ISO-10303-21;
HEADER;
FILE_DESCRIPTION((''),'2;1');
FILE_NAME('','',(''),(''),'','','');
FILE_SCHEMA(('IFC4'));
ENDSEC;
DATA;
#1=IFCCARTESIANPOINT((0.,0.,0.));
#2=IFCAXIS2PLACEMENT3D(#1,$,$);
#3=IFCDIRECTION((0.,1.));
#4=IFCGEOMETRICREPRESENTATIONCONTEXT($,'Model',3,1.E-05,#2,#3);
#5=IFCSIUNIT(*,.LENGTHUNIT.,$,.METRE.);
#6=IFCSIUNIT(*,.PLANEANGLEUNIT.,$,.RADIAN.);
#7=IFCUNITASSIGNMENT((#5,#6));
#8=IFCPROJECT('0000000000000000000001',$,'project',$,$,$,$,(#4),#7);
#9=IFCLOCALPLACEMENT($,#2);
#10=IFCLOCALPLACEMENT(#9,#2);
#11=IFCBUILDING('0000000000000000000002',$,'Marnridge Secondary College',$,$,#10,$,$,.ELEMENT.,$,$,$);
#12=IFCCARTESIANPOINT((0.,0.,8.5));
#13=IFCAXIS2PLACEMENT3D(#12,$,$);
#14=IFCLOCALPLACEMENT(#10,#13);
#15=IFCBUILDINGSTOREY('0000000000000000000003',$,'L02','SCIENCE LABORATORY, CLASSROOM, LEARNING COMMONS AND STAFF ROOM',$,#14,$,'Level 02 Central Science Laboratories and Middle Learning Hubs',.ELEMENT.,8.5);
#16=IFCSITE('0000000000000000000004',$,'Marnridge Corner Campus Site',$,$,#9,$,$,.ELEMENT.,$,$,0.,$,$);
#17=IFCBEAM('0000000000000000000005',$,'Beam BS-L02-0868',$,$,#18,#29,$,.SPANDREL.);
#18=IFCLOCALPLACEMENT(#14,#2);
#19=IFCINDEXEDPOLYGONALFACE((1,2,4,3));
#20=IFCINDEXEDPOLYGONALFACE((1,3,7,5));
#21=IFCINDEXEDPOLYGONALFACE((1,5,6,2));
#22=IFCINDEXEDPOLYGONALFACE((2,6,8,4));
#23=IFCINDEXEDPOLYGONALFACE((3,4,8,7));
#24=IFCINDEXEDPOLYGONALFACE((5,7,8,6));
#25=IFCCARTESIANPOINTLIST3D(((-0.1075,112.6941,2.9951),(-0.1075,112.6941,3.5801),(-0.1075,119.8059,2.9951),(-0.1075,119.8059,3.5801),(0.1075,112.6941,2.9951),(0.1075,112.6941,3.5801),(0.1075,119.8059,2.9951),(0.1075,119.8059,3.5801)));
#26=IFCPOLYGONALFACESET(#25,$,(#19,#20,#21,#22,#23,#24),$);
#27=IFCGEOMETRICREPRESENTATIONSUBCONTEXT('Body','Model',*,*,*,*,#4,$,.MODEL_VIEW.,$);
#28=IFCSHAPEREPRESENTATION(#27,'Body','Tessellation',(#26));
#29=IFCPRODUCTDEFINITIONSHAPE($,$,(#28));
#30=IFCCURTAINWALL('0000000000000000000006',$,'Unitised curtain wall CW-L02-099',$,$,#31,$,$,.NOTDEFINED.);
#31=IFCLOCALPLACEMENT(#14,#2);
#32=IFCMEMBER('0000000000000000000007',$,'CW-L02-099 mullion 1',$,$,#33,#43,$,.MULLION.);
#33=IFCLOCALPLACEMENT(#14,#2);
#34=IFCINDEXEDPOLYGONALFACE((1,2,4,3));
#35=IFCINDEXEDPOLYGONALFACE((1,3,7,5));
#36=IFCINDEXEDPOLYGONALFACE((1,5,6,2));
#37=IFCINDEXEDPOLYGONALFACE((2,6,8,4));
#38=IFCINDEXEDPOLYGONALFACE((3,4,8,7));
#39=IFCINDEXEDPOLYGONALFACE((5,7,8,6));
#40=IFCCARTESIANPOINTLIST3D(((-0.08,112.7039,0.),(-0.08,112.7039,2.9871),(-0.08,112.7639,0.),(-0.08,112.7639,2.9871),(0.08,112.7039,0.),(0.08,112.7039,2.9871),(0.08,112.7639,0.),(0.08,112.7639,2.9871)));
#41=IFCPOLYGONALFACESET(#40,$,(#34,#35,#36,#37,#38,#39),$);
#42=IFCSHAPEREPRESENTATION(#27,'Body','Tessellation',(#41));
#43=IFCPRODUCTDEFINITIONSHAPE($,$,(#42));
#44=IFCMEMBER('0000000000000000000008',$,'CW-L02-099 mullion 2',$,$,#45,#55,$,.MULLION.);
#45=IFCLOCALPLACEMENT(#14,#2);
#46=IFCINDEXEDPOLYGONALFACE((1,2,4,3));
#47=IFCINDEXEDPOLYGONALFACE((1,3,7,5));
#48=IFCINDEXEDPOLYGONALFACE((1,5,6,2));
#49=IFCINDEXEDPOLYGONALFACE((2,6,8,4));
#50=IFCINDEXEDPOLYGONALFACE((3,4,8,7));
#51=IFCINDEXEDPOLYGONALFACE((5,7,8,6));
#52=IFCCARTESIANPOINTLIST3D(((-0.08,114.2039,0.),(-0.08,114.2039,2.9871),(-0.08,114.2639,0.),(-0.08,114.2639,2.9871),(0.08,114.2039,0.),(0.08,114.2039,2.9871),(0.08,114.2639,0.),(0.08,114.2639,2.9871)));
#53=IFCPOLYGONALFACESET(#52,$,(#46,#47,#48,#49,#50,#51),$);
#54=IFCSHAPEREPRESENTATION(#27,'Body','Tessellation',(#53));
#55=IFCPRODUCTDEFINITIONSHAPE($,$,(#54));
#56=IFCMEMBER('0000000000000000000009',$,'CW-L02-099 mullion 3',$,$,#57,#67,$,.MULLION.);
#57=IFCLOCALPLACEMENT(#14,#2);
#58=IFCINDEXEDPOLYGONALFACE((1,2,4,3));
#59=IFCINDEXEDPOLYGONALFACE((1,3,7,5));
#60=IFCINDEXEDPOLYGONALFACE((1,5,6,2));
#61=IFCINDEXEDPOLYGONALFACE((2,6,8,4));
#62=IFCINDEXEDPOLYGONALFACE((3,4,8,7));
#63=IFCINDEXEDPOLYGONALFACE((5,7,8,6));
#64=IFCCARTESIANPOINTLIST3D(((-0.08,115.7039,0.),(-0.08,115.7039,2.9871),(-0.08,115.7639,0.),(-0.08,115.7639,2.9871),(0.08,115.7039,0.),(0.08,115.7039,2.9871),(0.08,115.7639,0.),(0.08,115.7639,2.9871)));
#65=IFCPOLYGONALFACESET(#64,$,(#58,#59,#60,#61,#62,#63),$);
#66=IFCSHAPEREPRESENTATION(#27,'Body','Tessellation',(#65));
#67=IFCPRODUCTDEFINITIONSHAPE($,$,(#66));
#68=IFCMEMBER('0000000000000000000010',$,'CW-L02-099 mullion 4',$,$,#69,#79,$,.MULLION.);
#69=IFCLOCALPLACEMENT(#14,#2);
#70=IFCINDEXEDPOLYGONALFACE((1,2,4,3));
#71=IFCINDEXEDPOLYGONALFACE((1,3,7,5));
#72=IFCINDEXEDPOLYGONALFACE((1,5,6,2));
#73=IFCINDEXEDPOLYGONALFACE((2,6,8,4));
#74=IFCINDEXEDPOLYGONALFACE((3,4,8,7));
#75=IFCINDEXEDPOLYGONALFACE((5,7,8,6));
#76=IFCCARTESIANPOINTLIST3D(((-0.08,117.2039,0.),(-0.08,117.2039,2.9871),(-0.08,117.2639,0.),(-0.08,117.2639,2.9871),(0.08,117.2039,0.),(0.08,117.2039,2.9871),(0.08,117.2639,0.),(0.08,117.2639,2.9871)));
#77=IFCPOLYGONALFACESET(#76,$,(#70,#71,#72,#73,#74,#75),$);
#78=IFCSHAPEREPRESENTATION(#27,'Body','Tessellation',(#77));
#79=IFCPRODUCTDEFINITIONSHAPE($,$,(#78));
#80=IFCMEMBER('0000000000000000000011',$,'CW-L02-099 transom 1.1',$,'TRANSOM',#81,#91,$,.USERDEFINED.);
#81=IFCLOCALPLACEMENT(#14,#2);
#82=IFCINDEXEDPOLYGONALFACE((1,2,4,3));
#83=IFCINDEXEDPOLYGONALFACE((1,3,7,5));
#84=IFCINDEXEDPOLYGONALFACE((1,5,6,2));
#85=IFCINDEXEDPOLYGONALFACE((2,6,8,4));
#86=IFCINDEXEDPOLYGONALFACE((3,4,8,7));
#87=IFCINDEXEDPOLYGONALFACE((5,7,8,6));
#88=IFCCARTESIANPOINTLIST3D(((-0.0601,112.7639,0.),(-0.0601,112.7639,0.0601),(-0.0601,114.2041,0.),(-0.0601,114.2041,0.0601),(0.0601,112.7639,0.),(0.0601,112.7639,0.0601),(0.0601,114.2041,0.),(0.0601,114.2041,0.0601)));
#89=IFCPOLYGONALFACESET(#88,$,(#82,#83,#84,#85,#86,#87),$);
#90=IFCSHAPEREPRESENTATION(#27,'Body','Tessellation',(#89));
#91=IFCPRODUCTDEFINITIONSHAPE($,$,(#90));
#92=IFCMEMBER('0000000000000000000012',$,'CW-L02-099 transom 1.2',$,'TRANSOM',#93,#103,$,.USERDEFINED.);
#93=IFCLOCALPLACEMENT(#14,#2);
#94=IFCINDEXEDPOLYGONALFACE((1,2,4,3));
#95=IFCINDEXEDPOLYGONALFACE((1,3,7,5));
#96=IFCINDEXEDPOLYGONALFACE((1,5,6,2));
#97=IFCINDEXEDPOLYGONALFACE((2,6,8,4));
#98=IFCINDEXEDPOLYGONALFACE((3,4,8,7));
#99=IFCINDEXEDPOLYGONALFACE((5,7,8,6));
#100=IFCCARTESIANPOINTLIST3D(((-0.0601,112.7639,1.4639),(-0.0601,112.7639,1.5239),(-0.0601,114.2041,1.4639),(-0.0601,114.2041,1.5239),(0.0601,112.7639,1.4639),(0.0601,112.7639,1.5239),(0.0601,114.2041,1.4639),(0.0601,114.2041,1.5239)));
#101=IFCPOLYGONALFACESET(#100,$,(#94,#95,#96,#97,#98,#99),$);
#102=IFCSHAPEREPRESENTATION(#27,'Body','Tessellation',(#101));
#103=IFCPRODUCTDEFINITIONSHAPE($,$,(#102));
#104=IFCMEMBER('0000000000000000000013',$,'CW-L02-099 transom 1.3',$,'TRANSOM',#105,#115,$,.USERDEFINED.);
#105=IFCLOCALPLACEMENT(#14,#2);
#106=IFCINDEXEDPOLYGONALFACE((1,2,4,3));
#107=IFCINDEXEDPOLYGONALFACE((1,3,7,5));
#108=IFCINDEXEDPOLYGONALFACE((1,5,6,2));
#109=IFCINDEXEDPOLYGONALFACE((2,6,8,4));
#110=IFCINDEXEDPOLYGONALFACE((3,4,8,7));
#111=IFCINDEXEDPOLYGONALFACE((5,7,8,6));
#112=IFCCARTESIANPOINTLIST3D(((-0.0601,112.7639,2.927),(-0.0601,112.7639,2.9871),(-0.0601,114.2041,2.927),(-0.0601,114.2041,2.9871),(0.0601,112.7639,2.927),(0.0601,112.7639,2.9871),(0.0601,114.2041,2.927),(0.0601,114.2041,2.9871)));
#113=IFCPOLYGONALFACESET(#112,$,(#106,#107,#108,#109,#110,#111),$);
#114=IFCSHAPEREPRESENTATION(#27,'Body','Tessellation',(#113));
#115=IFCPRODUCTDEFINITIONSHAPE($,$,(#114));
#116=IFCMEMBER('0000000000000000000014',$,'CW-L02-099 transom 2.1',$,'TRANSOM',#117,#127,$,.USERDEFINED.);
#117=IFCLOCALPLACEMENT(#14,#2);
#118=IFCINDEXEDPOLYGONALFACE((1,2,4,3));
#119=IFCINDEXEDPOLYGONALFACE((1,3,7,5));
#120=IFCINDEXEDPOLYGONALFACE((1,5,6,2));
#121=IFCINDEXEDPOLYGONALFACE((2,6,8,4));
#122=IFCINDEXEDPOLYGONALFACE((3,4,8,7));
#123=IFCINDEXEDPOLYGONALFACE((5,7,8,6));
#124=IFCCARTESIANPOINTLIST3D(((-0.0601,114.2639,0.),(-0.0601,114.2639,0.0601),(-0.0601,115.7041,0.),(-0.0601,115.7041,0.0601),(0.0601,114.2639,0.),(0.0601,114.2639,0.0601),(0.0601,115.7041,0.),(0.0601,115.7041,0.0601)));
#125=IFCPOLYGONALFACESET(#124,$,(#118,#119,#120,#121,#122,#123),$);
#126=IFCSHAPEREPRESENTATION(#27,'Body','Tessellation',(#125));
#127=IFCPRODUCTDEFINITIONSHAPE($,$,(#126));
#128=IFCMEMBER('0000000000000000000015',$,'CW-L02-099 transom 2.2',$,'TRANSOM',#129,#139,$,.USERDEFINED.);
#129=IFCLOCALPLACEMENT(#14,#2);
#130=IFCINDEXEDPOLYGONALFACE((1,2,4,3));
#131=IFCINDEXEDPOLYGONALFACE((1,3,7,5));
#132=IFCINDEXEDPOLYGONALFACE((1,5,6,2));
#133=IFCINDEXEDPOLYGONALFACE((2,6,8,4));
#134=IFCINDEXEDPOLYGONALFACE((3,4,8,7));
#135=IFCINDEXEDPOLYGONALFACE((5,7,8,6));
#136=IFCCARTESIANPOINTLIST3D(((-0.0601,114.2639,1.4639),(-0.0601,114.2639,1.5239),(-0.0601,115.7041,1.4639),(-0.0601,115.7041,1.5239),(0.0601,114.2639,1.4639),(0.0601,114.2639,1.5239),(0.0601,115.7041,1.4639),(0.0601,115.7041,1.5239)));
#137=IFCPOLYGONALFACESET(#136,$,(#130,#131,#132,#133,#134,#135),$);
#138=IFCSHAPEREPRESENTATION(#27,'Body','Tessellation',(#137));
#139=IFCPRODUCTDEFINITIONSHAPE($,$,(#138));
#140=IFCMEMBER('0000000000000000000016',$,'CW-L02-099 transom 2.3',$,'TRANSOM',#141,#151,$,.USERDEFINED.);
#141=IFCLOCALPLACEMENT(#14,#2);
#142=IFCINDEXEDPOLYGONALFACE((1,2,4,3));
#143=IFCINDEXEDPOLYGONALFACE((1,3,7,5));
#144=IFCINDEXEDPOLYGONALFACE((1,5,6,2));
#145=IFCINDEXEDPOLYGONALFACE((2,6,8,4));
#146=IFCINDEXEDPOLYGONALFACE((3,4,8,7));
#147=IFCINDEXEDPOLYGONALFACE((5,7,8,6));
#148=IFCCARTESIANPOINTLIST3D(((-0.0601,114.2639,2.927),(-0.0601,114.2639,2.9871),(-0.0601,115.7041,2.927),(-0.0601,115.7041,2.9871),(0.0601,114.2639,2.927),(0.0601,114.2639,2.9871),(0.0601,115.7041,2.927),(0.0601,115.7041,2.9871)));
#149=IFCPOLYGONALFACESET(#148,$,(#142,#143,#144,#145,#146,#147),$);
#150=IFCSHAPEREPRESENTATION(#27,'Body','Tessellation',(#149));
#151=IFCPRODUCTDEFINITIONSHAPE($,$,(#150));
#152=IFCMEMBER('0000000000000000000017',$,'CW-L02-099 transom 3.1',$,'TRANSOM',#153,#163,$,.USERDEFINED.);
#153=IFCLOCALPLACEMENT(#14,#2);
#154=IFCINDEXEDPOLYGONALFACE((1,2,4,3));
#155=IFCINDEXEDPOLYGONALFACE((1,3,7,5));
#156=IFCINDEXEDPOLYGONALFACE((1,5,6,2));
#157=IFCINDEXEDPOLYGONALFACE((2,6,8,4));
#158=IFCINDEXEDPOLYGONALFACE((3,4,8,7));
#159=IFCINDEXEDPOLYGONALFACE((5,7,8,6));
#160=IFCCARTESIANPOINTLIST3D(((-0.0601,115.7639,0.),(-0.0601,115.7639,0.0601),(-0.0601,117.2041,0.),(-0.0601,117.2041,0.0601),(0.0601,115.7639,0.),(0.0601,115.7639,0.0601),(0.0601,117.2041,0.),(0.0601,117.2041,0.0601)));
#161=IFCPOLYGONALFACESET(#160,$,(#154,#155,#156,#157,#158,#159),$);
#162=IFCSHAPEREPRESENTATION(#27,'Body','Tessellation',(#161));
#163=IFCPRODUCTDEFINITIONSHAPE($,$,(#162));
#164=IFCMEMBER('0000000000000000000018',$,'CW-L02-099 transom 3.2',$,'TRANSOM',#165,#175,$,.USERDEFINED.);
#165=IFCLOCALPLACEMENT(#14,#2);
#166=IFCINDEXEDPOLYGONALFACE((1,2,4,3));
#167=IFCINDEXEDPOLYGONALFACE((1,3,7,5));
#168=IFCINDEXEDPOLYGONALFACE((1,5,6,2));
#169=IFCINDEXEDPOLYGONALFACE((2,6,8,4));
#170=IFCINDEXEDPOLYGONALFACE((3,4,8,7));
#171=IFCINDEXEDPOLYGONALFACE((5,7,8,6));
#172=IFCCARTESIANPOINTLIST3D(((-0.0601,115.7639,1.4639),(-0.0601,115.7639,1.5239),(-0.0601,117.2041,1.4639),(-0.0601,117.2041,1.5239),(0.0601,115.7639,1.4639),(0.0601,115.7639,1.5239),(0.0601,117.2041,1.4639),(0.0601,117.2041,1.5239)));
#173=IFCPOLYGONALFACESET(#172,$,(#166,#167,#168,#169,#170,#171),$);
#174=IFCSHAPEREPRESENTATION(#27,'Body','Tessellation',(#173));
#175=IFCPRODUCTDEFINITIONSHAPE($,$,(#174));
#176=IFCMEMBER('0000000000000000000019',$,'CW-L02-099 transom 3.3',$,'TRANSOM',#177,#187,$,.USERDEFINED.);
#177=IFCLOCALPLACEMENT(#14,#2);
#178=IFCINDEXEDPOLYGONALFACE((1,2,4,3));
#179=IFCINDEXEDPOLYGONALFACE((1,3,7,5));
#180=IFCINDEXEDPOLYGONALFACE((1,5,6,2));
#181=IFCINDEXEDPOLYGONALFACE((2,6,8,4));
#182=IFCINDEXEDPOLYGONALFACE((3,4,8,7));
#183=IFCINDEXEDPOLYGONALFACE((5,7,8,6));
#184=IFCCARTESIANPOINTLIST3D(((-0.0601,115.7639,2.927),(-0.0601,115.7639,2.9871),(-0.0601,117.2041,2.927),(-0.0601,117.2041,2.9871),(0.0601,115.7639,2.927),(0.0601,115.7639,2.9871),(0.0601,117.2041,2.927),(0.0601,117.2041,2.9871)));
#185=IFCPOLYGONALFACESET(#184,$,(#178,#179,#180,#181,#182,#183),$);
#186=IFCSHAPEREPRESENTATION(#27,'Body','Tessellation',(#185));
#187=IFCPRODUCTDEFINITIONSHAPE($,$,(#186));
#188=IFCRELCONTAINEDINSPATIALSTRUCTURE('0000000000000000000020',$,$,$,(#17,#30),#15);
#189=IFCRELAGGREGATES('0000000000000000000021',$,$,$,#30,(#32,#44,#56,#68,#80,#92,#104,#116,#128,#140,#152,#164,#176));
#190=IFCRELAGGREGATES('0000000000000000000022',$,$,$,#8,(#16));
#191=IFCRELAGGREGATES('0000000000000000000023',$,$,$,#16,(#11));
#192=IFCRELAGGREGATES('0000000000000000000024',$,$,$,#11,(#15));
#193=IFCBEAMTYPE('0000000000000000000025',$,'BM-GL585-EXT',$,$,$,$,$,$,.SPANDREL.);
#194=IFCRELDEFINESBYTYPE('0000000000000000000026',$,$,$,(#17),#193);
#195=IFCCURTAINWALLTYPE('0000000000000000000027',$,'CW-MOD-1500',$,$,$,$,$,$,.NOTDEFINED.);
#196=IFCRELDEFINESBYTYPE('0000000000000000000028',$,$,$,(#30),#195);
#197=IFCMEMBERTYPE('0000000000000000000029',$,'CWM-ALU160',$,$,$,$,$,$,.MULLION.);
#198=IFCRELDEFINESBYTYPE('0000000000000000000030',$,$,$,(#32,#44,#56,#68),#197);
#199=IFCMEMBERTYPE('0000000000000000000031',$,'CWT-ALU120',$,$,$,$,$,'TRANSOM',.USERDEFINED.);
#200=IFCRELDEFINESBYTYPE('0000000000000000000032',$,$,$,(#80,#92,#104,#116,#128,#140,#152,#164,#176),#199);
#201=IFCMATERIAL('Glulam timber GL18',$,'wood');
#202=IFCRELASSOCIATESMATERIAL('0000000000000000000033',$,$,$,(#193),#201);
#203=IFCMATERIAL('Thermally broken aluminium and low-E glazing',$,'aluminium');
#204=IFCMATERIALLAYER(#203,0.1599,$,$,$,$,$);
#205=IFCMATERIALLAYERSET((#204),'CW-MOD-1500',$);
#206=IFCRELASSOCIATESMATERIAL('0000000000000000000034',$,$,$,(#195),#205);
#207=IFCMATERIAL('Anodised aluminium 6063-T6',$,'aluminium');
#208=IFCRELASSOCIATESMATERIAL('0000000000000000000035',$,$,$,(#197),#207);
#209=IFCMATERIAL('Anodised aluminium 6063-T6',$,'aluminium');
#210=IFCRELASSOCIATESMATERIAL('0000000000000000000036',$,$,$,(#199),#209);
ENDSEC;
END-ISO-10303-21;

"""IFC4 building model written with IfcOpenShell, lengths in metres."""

from ifc_helpers import new_model, si_unit, direction, frame, origin, origin_2d, place, context, subcontext, project, spatial, rectangle, extrude, material, layer, layer_set, material_profile, profile_set, type_object, element, aggregate, save


model = new_model("IFC4")

# Units and contexts
model_context = context("Model", 3, precision=1e-05, world=origin(), true_north=direction((0.0, 1.0)))
body_context = subcontext(model_context, "Body", "Model", "MODEL_VIEW")
ifc_project = project(units=[si_unit("LENGTHUNIT", "METRE"), si_unit("PLANEANGLEUNIT", "RADIAN")], contexts=[model_context])

# Site, building, storey
site_placement = place(None, origin())
site = spatial("IfcSite", under=ifc_project, at=site_placement, Name="Marnridge Corner Campus Site", CompositionType="ELEMENT", RefElevation=0.0)
building_placement = place(site_placement, origin())
building = spatial("IfcBuilding", under=site, at=building_placement, Name="Marnridge Secondary College", CompositionType="ELEMENT")
storey_placement = place(building_placement, frame((0.0, 0.0, 8.5)))
storey = spatial("IfcBuildingStorey", under=building, at=storey_placement, Name="L02", Description="SCIENCE LABORATORY, CLASSROOM, LEARNING COMMONS AND STAFF ROOM", LongName="Level 02 Central Science Laboratories and Middle Learning Hubs", CompositionType="ELEMENT", Elevation=8.5)

# Beam
ifc_material_1 = material(Name="Glulam timber GL18", Category="wood")
ifc_material_profile_1 = material_profile(ifc_material_1, rectangle(XDim=0.2151, YDim=0.585, at=origin_2d()), Name="GL18 215x585")
ifc_profile_set_1 = profile_set([ifc_material_profile_1], Name="Glulam timber GL18")
beam_type = type_object("IfcBeamType", Name="BM-GL585-EXT", PredefinedType="SPANDREL", material=ifc_profile_set_1)
beam_placement = place(storey_placement, frame((0.0, 112.6941, 3.2876), z_axis=(0.0, 1.0, 0.0), x_axis=(-1.0, 0.0, 0.0)))
element("IfcBeam", 1, at=beam_placement, inside=storey, type_object=beam_type, Name="Beam BS-L02-0868", PredefinedType="SPANDREL", context=body_context, shape_type="SweptSolid", body=[
    extrude(rectangle(XDim=0.2151, YDim=0.585, at=origin_2d()), origin(), (0.0, 0.0, 1.0), 7.1118),
])

# Curtain wall, members
ifc_material_2 = material(Name="Thermally broken aluminium and low-E glazing", Category="aluminium")
ifc_layer_1 = layer(ifc_material_2, 0.1599)
ifc_layer_set_1 = layer_set([ifc_layer_1], Name="CW-MOD-1500")
curtain_wall_type = type_object("IfcCurtainWallType", Name="CW-MOD-1500", PredefinedType="NOTDEFINED", material=ifc_layer_set_1)
curtain_wall_placement = place(storey_placement, origin())
curtain_wall = element("IfcCurtainWall", 2, at=curtain_wall_placement, inside=storey, type_object=curtain_wall_type, Name="Unitised curtain wall CW-L02-099", PredefinedType="NOTDEFINED")
ifc_material_3 = material(Name="Anodised aluminium 6063-T6", Category="aluminium")
ifc_material_profile_2 = material_profile(ifc_material_3, rectangle(XDim=0.0601, YDim=0.1599, at=origin_2d()), Name="ALU 60x160")
ifc_profile_set_2 = profile_set([ifc_material_profile_2], Name="Anodised aluminium 6063-T6")
member_type_1 = type_object("IfcMemberType", Name="CWM-ALU160", PredefinedType="MULLION", material=ifc_profile_set_2)
member_1_placement = place(storey_placement, frame((0.0, 112.7339, 0.0), z_axis=(0.0, 0.0, 1.0), x_axis=(0.0, 1.0, 0.0)))
member_1 = element("IfcMember", 3, at=member_1_placement, type_object=member_type_1, Name="CW-L02-099 mullion 1", PredefinedType="MULLION", context=body_context, shape_type="SweptSolid", body=[
    extrude(rectangle(XDim=0.0601, YDim=0.1599, at=origin_2d()), origin(), (0.0, 0.0, 1.0), 2.9871),
])
member_2_placement = place(storey_placement, frame((0.0, 114.2339, 0.0), z_axis=(0.0, 0.0, 1.0), x_axis=(0.0, 1.0, 0.0)))
member_2 = element("IfcMember", 4, at=member_2_placement, type_object=member_type_1, Name="CW-L02-099 mullion 2", PredefinedType="MULLION", context=body_context, shape_type="SweptSolid", body=[
    extrude(rectangle(XDim=0.0601, YDim=0.1599, at=origin_2d()), origin(), (0.0, 0.0, 1.0), 2.9871),
])
member_3_placement = place(storey_placement, frame((0.0, 115.7339, 0.0), z_axis=(0.0, 0.0, 1.0), x_axis=(0.0, 1.0, 0.0)))
member_3 = element("IfcMember", 5, at=member_3_placement, type_object=member_type_1, Name="CW-L02-099 mullion 3", PredefinedType="MULLION", context=body_context, shape_type="SweptSolid", body=[
    extrude(rectangle(XDim=0.0601, YDim=0.1599, at=origin_2d()), origin(), (0.0, 0.0, 1.0), 2.9871),
])
member_4_placement = place(storey_placement, frame((0.0, 117.2339, 0.0), z_axis=(0.0, 0.0, 1.0), x_axis=(0.0, 1.0, 0.0)))
member_4 = element("IfcMember", 6, at=member_4_placement, type_object=member_type_1, Name="CW-L02-099 mullion 4", PredefinedType="MULLION", context=body_context, shape_type="SweptSolid", body=[
    extrude(rectangle(XDim=0.0601, YDim=0.1599, at=origin_2d()), origin(), (0.0, 0.0, 1.0), 2.9871),
])
ifc_material_4 = material(Name="Anodised aluminium 6063-T6", Category="aluminium")
ifc_material_profile_3 = material_profile(ifc_material_4, rectangle(XDim=0.0601, YDim=0.1201, at=origin_2d()), Name="ALU 60x120")
ifc_profile_set_3 = profile_set([ifc_material_profile_3], Name="Anodised aluminium 6063-T6")
member_type_2 = type_object("IfcMemberType", Name="CWT-ALU120", ElementType="TRANSOM", PredefinedType="USERDEFINED", material=ifc_profile_set_3)
member_5_placement = place(storey_placement, frame((0.0, 112.7639, 0.03), z_axis=(0.0, 1.0, 0.0), x_axis=(0.0, 0.0, 1.0)))
member_5 = element("IfcMember", 7, at=member_5_placement, type_object=member_type_2, Name="CW-L02-099 transom 1.1", ObjectType="TRANSOM", PredefinedType="USERDEFINED", context=body_context, shape_type="SweptSolid", body=[
    extrude(rectangle(XDim=0.0601, YDim=0.1201, at=origin_2d()), origin(), (0.0, 0.0, 1.0), 1.4402),
])
member_6_placement = place(storey_placement, frame((0.0, 112.7639, 1.4939), z_axis=(0.0, 1.0, 0.0), x_axis=(0.0, 0.0, 1.0)))
member_6 = element("IfcMember", 8, at=member_6_placement, type_object=member_type_2, Name="CW-L02-099 transom 1.2", ObjectType="TRANSOM", PredefinedType="USERDEFINED", context=body_context, shape_type="SweptSolid", body=[
    extrude(rectangle(XDim=0.0601, YDim=0.1201, at=origin_2d()), origin(), (0.0, 0.0, 1.0), 1.4402),
])
member_7_placement = place(storey_placement, frame((0.0, 112.7639, 2.957), z_axis=(0.0, 1.0, 0.0), x_axis=(0.0, 0.0, 1.0)))
member_7 = element("IfcMember", 9, at=member_7_placement, type_object=member_type_2, Name="CW-L02-099 transom 1.3", ObjectType="TRANSOM", PredefinedType="USERDEFINED", context=body_context, shape_type="SweptSolid", body=[
    extrude(rectangle(XDim=0.0601, YDim=0.1201, at=origin_2d()), origin(), (0.0, 0.0, 1.0), 1.4402),
])
member_8_placement = place(storey_placement, frame((0.0, 114.2639, 0.03), z_axis=(0.0, 1.0, 0.0), x_axis=(0.0, 0.0, 1.0)))
member_8 = element("IfcMember", 10, at=member_8_placement, type_object=member_type_2, Name="CW-L02-099 transom 2.1", ObjectType="TRANSOM", PredefinedType="USERDEFINED", context=body_context, shape_type="SweptSolid", body=[
    extrude(rectangle(XDim=0.0601, YDim=0.1201, at=origin_2d()), origin(), (0.0, 0.0, 1.0), 1.4402),
])
member_9_placement = place(storey_placement, frame((0.0, 114.2639, 1.4939), z_axis=(0.0, 1.0, 0.0), x_axis=(0.0, 0.0, 1.0)))
member_9 = element("IfcMember", 11, at=member_9_placement, type_object=member_type_2, Name="CW-L02-099 transom 2.2", ObjectType="TRANSOM", PredefinedType="USERDEFINED", context=body_context, shape_type="SweptSolid", body=[
    extrude(rectangle(XDim=0.0601, YDim=0.1201, at=origin_2d()), origin(), (0.0, 0.0, 1.0), 1.4402),
])
member_10_placement = place(storey_placement, frame((0.0, 114.2639, 2.957), z_axis=(0.0, 1.0, 0.0), x_axis=(0.0, 0.0, 1.0)))
member_10 = element("IfcMember", 12, at=member_10_placement, type_object=member_type_2, Name="CW-L02-099 transom 2.3", ObjectType="TRANSOM", PredefinedType="USERDEFINED", context=body_context, shape_type="SweptSolid", body=[
    extrude(rectangle(XDim=0.0601, YDim=0.1201, at=origin_2d()), origin(), (0.0, 0.0, 1.0), 1.4402),
])
member_11_placement = place(storey_placement, frame((0.0, 115.7639, 0.03), z_axis=(0.0, 1.0, 0.0), x_axis=(0.0, 0.0, 1.0)))
member_11 = element("IfcMember", 13, at=member_11_placement, type_object=member_type_2, Name="CW-L02-099 transom 3.1", ObjectType="TRANSOM", PredefinedType="USERDEFINED", context=body_context, shape_type="SweptSolid", body=[
    extrude(rectangle(XDim=0.0601, YDim=0.1201, at=origin_2d()), origin(), (0.0, 0.0, 1.0), 1.4402),
])
member_12_placement = place(storey_placement, frame((0.0, 115.7639, 1.4939), z_axis=(0.0, 1.0, 0.0), x_axis=(0.0, 0.0, 1.0)))
member_12 = element("IfcMember", 14, at=member_12_placement, type_object=member_type_2, Name="CW-L02-099 transom 3.2", ObjectType="TRANSOM", PredefinedType="USERDEFINED", context=body_context, shape_type="SweptSolid", body=[
    extrude(rectangle(XDim=0.0601, YDim=0.1201, at=origin_2d()), origin(), (0.0, 0.0, 1.0), 1.4402),
])
member_13_placement = place(storey_placement, frame((0.0, 115.7639, 2.957), z_axis=(0.0, 1.0, 0.0), x_axis=(0.0, 0.0, 1.0)))
member_13 = element("IfcMember", 15, at=member_13_placement, type_object=member_type_2, Name="CW-L02-099 transom 3.3", ObjectType="TRANSOM", PredefinedType="USERDEFINED", context=body_context, shape_type="SweptSolid", body=[
    extrude(rectangle(XDim=0.0601, YDim=0.1201, at=origin_2d()), origin(), (0.0, 0.0, 1.0), 1.4402),
])
aggregate(curtain_wall, [member_1, member_2, member_3, member_4, member_5, member_6, member_7, member_8, member_9, member_10, member_11, member_12, member_13])

save(model, "model.ifc")
